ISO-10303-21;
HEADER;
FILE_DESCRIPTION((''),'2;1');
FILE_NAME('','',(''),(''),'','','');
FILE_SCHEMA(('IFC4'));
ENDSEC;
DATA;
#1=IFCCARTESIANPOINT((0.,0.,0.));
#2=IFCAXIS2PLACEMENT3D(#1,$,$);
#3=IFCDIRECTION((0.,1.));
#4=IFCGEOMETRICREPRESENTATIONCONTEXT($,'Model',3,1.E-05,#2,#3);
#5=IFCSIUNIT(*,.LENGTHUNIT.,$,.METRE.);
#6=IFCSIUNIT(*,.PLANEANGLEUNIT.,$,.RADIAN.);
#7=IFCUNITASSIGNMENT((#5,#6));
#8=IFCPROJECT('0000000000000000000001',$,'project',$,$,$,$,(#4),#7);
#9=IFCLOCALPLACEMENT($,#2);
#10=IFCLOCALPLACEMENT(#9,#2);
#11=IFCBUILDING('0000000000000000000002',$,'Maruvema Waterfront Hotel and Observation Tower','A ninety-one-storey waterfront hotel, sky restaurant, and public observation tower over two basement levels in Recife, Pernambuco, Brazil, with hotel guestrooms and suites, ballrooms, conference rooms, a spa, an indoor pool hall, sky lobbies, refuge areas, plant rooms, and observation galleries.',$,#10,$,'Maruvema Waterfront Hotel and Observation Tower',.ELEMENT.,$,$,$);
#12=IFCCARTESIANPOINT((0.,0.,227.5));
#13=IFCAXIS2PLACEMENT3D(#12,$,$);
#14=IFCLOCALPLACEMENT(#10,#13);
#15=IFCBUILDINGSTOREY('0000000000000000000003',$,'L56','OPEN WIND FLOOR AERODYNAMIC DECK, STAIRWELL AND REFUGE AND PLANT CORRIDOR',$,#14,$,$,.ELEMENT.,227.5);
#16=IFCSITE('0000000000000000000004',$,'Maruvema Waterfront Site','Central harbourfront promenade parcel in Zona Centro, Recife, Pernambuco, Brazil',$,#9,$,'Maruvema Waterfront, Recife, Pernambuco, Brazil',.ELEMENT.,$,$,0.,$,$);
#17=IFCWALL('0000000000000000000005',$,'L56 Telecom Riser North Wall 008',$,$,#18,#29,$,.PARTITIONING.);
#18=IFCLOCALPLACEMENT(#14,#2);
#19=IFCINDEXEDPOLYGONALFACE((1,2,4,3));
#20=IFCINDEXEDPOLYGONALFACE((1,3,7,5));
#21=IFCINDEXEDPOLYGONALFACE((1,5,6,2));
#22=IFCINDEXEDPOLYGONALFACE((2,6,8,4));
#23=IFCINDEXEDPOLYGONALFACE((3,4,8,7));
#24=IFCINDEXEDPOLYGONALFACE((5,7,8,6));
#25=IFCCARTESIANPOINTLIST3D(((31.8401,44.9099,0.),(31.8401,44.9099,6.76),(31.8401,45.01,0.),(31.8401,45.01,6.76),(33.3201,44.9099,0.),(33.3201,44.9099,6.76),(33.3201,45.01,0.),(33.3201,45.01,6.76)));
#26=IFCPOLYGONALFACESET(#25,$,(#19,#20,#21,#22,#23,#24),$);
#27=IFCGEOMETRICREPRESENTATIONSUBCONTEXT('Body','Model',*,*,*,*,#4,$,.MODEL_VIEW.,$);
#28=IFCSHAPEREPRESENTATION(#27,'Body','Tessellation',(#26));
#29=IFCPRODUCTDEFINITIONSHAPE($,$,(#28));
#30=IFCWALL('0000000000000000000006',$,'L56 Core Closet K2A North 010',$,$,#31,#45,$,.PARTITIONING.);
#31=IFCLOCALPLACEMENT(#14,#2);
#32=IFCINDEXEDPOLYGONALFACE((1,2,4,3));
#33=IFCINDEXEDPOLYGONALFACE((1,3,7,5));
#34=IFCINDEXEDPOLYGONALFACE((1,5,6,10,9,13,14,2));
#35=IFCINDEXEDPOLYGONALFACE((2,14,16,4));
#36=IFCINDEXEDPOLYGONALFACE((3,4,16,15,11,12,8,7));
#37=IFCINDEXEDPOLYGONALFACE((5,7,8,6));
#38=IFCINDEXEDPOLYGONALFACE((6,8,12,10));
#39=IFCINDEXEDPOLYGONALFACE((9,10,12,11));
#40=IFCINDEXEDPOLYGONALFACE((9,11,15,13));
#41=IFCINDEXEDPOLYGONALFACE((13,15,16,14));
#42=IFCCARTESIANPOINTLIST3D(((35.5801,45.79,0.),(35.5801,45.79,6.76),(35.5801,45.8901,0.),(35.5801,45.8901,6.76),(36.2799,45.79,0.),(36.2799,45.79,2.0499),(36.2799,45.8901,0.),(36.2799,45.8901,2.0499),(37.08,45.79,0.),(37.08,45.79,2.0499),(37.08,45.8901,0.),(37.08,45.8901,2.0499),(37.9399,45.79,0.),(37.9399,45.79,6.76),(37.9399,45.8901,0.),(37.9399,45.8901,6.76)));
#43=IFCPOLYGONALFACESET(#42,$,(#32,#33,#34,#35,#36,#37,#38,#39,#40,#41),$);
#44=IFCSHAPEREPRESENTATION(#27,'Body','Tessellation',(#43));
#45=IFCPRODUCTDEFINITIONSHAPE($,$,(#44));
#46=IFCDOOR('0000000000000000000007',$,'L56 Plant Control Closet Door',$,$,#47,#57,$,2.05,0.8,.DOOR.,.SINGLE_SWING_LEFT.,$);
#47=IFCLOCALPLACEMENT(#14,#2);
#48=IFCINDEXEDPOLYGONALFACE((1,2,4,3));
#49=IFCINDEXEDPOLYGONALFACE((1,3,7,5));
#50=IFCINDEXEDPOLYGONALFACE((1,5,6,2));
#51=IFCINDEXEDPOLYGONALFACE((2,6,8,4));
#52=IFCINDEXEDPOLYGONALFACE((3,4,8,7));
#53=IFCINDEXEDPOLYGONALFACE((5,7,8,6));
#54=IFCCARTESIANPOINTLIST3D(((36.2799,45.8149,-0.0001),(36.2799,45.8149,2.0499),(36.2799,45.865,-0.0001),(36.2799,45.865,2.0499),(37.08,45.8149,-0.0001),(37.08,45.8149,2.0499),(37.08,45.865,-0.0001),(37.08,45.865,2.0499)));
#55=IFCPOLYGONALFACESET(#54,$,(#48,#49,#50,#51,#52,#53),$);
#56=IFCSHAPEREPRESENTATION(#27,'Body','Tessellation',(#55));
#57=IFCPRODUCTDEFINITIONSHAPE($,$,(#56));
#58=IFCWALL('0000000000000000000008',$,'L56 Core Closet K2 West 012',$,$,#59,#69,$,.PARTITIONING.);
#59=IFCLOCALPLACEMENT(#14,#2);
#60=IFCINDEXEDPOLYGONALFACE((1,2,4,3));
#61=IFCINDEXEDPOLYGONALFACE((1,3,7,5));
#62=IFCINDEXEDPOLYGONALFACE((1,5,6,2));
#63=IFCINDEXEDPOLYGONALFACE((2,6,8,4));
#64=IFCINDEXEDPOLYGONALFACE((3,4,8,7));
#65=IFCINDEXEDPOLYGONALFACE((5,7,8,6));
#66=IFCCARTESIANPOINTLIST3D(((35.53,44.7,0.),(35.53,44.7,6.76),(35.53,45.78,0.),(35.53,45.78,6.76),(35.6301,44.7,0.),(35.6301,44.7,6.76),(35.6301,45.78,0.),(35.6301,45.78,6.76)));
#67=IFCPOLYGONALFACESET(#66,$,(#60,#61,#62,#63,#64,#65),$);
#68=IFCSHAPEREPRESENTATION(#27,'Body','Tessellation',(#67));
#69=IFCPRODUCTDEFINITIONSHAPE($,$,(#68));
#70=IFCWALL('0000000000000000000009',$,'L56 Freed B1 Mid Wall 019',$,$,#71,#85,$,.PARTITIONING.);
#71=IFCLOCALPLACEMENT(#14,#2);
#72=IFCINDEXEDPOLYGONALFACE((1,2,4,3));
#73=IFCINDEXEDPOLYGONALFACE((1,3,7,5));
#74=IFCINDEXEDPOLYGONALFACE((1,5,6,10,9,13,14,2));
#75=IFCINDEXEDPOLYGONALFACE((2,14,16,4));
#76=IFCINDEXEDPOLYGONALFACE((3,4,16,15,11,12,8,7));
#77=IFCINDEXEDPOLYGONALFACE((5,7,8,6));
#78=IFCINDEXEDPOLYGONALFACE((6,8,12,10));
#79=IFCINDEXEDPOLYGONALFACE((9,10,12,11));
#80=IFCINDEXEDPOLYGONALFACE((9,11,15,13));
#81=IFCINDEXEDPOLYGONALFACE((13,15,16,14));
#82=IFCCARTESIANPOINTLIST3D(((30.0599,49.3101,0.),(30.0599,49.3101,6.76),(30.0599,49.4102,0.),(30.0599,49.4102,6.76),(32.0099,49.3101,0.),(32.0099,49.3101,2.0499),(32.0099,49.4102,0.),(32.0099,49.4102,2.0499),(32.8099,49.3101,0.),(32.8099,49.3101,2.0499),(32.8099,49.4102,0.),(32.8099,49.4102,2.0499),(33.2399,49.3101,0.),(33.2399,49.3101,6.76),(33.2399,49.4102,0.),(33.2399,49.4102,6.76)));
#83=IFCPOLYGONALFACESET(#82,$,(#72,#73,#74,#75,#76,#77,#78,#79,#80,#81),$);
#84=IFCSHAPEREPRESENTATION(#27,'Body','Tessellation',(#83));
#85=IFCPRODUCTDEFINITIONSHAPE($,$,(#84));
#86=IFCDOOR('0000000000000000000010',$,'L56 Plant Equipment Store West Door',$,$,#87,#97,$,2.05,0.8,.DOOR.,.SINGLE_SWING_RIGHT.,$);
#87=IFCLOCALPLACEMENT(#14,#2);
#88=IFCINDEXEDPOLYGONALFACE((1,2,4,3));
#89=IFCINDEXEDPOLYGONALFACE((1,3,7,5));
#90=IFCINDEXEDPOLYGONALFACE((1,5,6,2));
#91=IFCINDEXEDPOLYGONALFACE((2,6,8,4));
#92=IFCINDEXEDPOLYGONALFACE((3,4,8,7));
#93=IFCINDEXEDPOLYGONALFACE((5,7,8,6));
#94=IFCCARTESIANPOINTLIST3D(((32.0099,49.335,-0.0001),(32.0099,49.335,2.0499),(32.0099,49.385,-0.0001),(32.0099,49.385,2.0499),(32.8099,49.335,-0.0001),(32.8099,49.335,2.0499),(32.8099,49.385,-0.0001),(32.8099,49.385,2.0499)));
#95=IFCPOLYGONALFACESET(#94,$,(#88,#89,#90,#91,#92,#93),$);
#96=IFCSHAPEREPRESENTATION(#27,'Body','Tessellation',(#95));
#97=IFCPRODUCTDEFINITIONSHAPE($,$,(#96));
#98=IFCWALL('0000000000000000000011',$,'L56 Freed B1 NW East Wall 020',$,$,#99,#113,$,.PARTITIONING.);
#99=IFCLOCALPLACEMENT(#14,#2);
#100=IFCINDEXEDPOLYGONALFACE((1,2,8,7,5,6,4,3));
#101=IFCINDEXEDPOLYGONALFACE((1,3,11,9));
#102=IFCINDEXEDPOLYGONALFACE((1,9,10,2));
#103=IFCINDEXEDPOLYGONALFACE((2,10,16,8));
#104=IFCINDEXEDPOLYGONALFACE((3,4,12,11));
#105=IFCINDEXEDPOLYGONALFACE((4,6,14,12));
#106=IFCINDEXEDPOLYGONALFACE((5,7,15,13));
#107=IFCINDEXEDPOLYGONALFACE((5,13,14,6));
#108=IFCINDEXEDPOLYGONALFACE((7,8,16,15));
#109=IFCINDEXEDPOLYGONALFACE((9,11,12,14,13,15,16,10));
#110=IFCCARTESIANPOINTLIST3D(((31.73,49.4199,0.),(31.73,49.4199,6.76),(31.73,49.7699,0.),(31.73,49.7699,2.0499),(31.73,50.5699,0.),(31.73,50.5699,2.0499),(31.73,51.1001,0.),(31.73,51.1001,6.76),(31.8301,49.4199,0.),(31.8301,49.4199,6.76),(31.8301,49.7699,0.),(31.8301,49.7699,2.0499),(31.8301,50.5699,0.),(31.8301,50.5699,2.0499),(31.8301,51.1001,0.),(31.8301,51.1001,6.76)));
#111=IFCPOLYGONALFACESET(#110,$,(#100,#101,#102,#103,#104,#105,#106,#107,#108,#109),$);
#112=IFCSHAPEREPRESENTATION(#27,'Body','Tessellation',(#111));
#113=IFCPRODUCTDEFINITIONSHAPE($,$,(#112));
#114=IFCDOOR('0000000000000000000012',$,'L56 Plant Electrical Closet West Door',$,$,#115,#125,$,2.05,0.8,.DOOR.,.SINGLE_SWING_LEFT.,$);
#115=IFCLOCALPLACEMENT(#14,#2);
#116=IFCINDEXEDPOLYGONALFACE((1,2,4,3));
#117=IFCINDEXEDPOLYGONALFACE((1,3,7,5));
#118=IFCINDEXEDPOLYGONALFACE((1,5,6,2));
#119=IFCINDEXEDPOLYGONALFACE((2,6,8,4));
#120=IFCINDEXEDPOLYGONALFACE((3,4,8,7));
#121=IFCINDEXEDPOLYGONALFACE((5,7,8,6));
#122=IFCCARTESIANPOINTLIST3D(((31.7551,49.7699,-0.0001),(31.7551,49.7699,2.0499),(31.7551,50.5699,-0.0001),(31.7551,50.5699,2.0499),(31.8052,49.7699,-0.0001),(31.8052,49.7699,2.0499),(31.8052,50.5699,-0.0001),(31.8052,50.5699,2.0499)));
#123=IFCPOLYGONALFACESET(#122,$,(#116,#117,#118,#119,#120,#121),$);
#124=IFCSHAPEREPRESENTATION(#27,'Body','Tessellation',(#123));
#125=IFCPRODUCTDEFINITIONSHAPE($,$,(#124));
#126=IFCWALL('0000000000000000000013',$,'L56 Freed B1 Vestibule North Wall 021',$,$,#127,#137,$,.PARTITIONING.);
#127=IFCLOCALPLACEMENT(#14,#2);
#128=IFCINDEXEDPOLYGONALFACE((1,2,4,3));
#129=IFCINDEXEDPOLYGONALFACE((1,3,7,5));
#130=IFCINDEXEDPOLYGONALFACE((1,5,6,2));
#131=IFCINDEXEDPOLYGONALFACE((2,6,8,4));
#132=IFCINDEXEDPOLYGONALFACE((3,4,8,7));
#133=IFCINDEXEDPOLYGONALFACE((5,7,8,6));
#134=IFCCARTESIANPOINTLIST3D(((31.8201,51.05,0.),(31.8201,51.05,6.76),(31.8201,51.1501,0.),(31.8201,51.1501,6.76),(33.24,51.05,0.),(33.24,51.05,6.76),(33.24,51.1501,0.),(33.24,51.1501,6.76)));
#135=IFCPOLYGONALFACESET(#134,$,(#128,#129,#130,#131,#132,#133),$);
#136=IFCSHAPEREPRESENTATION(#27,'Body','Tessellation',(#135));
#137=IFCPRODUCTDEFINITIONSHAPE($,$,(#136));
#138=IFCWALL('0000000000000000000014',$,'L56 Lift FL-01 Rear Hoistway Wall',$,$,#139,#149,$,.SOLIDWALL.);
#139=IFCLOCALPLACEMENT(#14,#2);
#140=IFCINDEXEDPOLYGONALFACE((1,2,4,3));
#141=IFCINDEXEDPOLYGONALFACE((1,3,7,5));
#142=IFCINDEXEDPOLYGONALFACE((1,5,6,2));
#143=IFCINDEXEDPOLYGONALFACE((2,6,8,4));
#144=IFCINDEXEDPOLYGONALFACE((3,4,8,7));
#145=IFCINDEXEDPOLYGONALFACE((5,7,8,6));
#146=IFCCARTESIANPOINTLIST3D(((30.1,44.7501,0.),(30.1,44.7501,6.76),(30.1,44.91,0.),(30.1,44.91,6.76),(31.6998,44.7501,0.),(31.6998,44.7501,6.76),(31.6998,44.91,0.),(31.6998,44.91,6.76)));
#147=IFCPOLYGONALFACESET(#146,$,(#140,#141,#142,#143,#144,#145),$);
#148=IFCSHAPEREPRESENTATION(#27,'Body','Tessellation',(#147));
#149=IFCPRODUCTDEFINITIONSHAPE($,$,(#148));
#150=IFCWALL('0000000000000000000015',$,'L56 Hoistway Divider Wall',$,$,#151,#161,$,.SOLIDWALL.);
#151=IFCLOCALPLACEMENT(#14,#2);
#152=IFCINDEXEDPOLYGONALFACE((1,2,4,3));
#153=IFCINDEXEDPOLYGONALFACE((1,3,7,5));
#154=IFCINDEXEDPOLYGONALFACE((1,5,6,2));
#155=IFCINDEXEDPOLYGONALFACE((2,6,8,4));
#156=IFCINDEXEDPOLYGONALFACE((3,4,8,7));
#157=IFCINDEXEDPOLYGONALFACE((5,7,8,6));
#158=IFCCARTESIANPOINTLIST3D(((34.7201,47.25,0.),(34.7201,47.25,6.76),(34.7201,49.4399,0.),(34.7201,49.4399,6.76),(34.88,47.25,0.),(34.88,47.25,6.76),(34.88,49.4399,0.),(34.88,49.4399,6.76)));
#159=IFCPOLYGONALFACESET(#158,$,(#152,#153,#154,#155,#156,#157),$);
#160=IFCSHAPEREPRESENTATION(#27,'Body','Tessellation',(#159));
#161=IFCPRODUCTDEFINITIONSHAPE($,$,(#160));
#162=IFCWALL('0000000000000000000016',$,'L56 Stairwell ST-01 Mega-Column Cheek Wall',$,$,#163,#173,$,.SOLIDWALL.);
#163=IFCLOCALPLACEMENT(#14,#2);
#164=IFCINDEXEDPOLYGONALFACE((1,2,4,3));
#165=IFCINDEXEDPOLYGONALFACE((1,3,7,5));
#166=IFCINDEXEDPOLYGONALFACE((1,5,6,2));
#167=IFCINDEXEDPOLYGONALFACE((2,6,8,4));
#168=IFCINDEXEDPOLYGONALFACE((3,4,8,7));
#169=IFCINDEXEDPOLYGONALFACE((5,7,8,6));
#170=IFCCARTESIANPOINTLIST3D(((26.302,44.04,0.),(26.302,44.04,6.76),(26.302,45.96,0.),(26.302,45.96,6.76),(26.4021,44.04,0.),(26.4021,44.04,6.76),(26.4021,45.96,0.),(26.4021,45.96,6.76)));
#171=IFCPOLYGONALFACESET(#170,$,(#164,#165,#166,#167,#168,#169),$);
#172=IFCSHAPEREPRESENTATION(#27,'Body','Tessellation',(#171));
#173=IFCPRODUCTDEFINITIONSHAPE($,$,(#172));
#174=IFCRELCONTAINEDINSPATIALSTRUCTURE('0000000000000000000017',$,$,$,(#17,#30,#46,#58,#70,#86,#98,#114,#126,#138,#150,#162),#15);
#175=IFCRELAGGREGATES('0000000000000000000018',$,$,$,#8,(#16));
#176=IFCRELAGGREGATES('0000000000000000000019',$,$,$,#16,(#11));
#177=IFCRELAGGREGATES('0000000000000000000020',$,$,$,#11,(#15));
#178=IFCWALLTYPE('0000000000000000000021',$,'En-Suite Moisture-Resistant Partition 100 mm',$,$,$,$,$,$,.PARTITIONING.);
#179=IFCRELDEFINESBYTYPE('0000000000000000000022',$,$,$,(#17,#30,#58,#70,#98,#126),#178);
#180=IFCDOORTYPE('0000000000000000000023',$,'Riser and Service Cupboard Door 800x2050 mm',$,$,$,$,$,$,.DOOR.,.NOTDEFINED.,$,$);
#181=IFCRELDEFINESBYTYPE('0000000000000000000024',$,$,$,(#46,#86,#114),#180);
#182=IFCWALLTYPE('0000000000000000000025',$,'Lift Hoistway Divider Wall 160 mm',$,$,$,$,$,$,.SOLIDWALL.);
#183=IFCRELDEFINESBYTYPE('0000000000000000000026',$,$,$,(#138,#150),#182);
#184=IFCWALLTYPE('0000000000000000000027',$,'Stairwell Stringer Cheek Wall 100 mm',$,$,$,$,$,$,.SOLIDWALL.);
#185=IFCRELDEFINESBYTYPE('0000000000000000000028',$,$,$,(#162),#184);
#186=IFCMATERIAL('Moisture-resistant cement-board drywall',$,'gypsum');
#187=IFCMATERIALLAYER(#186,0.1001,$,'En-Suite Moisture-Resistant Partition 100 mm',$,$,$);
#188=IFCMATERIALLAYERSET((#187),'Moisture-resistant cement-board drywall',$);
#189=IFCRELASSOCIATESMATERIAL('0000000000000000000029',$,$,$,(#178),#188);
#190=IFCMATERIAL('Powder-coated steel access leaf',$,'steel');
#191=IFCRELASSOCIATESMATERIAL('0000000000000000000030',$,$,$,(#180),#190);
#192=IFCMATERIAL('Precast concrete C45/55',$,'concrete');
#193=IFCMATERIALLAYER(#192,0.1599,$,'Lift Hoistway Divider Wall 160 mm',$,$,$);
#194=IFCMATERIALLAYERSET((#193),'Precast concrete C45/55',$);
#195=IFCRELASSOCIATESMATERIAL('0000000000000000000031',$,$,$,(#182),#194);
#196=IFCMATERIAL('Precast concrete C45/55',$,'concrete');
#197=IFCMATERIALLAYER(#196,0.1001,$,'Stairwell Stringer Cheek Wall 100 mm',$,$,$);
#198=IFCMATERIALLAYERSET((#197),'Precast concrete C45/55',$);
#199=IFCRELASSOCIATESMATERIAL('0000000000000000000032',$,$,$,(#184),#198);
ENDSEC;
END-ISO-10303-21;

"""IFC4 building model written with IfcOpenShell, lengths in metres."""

from ifc_helpers import new_model, si_unit, direction, frame, frame_2d, origin, place, context, subcontext, project, spatial, rectangle, extrude, material, layer, layer_set, type_object, element, fill, save


model = new_model("IFC4")

# Units and contexts
model_context = context("Model", 3, precision=1e-05, world=origin(), true_north=direction((0.0, 1.0)))
body_context = subcontext(model_context, "Body", "Model", "MODEL_VIEW")
ifc_project = project(units=[si_unit("LENGTHUNIT", "METRE"), si_unit("PLANEANGLEUNIT", "RADIAN")], contexts=[model_context])

# Site, building, storey
site_placement = place(None, origin())
site = spatial("IfcSite", under=ifc_project, at=site_placement, Name="Maruvema Waterfront Site", Description="Central harbourfront promenade parcel in Zona Centro, Recife, Pernambuco, Brazil", LongName="Maruvema Waterfront, Recife, Pernambuco, Brazil", CompositionType="ELEMENT", RefElevation=0.0)
building_placement = place(site_placement, origin())
building = spatial("IfcBuilding", under=site, at=building_placement, Name="Maruvema Waterfront Hotel and Observation Tower", Description="A ninety-one-storey waterfront hotel, sky restaurant, and public observation tower over two basement levels in Recife, Pernambuco, Brazil, with hotel guestrooms and suites, ballrooms, conference rooms, a spa, an indoor pool hall, sky lobbies, refuge areas, plant rooms, and observation galleries.", LongName="Maruvema Waterfront Hotel and Observation Tower", CompositionType="ELEMENT")
storey_placement = place(building_placement, frame((0.0, 0.0, 227.5)))
storey = spatial("IfcBuildingStorey", under=building, at=storey_placement, Name="L56", Description="OPEN WIND FLOOR AERODYNAMIC DECK, STAIRWELL AND REFUGE AND PLANT CORRIDOR", CompositionType="ELEMENT", Elevation=227.5)

# Wall
ifc_material_1 = material(Name="Moisture-resistant cement-board drywall", Category="gypsum")
ifc_layer_1 = layer(ifc_material_1, 0.1001, Name="En-Suite Moisture-Resistant Partition 100 mm")
ifc_layer_set_1 = layer_set([ifc_layer_1], Name="Moisture-resistant cement-board drywall")
wall_type_1 = type_object("IfcWallType", Name="En-Suite Moisture-Resistant Partition 100 mm", PredefinedType="PARTITIONING", material=ifc_layer_set_1)
wall_1_placement = place(storey_placement, frame((31.8401, 44.96, 0.0), z_axis=(0.0, 0.0, 1.0), x_axis=(1.0, 0.0, 0.0)))
element("IfcWall", 1, at=wall_1_placement, inside=storey, type_object=wall_type_1, Name="L56 Telecom Riser North Wall 008", PredefinedType="PARTITIONING", context=body_context, shape_type="SweptSolid", body=[
    extrude(rectangle(XDim=1.48, YDim=0.1001, at=frame_2d((0.74, 0.0))), origin(), (0.0, 0.0, 1.0), 6.76),
])

# Wall, opening, door
wall_2_placement = place(storey_placement, frame((35.5801, 45.8401, 0.0), z_axis=(0.0, 0.0, 1.0), x_axis=(1.0, 0.0, 0.0)))
wall_2 = element("IfcWall", 2, at=wall_2_placement, inside=storey, type_object=wall_type_1, Name="L56 Core Closet K2A North 010", PredefinedType="PARTITIONING", context=body_context, shape_type="SweptSolid", body=[
    extrude(rectangle(XDim=2.3599, YDim=0.1001, at=frame_2d((1.1799, 0.0))), origin(), (0.0, 0.0, 1.0), 6.76),
])
opening_1_placement = place(wall_2_placement, frame((0.7, 0.0, 0.0)))
opening_1 = element("IfcOpeningElement", 3, at=opening_1_placement, cuts=wall_2, PredefinedType="OPENING", context=body_context, shape_type="SweptSolid", body=[
    extrude(rectangle(XDim=0.8, YDim=2.05, at=frame_2d((0.3999, 1.0249))), frame((0.0, 0.0601, 0.0), z_axis=(0.0, -1.0, 0.0), x_axis=(1.0, 0.0, 0.0)), (0.0, 0.0, 1.0), 0.1201),
])
ifc_material_2 = material(Name="Powder-coated steel access leaf", Category="steel")
door_type_1 = type_object("IfcDoorType", Name="Riser and Service Cupboard Door 800x2050 mm", OperationType="NOTDEFINED", PredefinedType="DOOR", material=ifc_material_2)
door_1_placement = place(opening_1_placement, origin())
door_1 = element("IfcDoor", 4, at=door_1_placement, inside=storey, type_object=door_type_1, Name="L56 Plant Control Closet Door", OperationType="SINGLE_SWING_LEFT", OverallHeight=2.05, OverallWidth=0.8, PredefinedType="DOOR", context=body_context, shape_type="SweptSolid", body=[
    extrude(rectangle(XDim=0.8, YDim=2.05, at=frame_2d((0.3999, 1.0249))), frame((0.0, 0.0249, 0.0), z_axis=(0.0, -1.0, 0.0), x_axis=(1.0, 0.0, 0.0)), (0.0, 0.0, 1.0), 0.05),
])
fill(opening_1, door_1)

# Wall
wall_3_placement = place(storey_placement, frame((35.5801, 44.7, 0.0), z_axis=(0.0, 0.0, 1.0), x_axis=(0.0, 1.0, 0.0)))
element("IfcWall", 5, at=wall_3_placement, inside=storey, type_object=wall_type_1, Name="L56 Core Closet K2 West 012", PredefinedType="PARTITIONING", context=body_context, shape_type="SweptSolid", body=[
    extrude(rectangle(XDim=1.0801, YDim=0.1001, at=frame_2d((0.54, 0.0))), origin(), (0.0, 0.0, 1.0), 6.76),
])

# Walls, openings, doors
wall_4_placement = place(storey_placement, frame((30.0601, 49.3601, 0.0), z_axis=(0.0, 0.0, 1.0), x_axis=(1.0, 0.0, 0.0)))
wall_4 = element("IfcWall", 6, at=wall_4_placement, inside=storey, type_object=wall_type_1, Name="L56 Freed B1 Mid Wall 019", PredefinedType="PARTITIONING", context=body_context, shape_type="SweptSolid", body=[
    extrude(rectangle(XDim=3.1799, YDim=0.1001, at=frame_2d((1.5898, 0.0))), origin(), (0.0, 0.0, 1.0), 6.76),
])
opening_2_placement = place(wall_4_placement, frame((1.95, 0.0, 0.0)))
opening_2 = element("IfcOpeningElement", 7, at=opening_2_placement, cuts=wall_4, PredefinedType="OPENING", context=body_context, shape_type="SweptSolid", body=[
    extrude(rectangle(XDim=0.8, YDim=2.05, at=frame_2d((0.3999, 1.0249))), frame((0.0, 0.0601, 0.0), z_axis=(0.0, -1.0, 0.0), x_axis=(1.0, 0.0, 0.0)), (0.0, 0.0, 1.0), 0.1201),
])
door_2_placement = place(opening_2_placement, origin())
door_2 = element("IfcDoor", 8, at=door_2_placement, inside=storey, type_object=door_type_1, Name="L56 Plant Equipment Store West Door", OperationType="SINGLE_SWING_RIGHT", OverallHeight=2.05, OverallWidth=0.8, PredefinedType="DOOR", context=body_context, shape_type="SweptSolid", body=[
    extrude(rectangle(XDim=0.8, YDim=2.05, at=frame_2d((0.3999, 1.0249))), frame((0.0, 0.0249, 0.0), z_axis=(0.0, -1.0, 0.0), x_axis=(1.0, 0.0, 0.0)), (0.0, 0.0, 1.0), 0.05),
])
fill(opening_2, door_2)
wall_5_placement = place(storey_placement, frame((31.78, 49.4199, 0.0), z_axis=(0.0, 0.0, 1.0), x_axis=(0.0, 1.0, 0.0)))
wall_5 = element("IfcWall", 9, at=wall_5_placement, inside=storey, type_object=wall_type_1, Name="L56 Freed B1 NW East Wall 020", PredefinedType="PARTITIONING", context=body_context, shape_type="SweptSolid", body=[
    extrude(rectangle(XDim=1.6802, YDim=0.1001, at=frame_2d((0.8401, 0.0))), origin(), (0.0, 0.0, 1.0), 6.76),
])
opening_3_placement = place(wall_5_placement, frame((0.3501, 0.0, 0.0)))
opening_3 = element("IfcOpeningElement", 10, at=opening_3_placement, cuts=wall_5, PredefinedType="OPENING", context=body_context, shape_type="SweptSolid", body=[
    extrude(rectangle(XDim=0.8, YDim=2.05, at=frame_2d((0.3999, 1.0249))), frame((0.0, 0.0601, 0.0), z_axis=(0.0, -1.0, 0.0), x_axis=(1.0, 0.0, 0.0)), (0.0, 0.0, 1.0), 0.1201),
])
door_3_placement = place(opening_3_placement, origin())
door_3 = element("IfcDoor", 11, at=door_3_placement, inside=storey, type_object=door_type_1, Name="L56 Plant Electrical Closet West Door", OperationType="SINGLE_SWING_LEFT", OverallHeight=2.05, OverallWidth=0.8, PredefinedType="DOOR", context=body_context, shape_type="SweptSolid", body=[
    extrude(rectangle(XDim=0.8, YDim=2.05, at=frame_2d((0.3999, 1.0249))), frame((0.0, 0.0249, 0.0), z_axis=(0.0, -1.0, 0.0), x_axis=(1.0, 0.0, 0.0)), (0.0, 0.0, 1.0), 0.05),
])
fill(opening_3, door_3)

# Walls
wall_6_placement = place(storey_placement, frame((31.8201, 51.1001, 0.0), z_axis=(0.0, 0.0, 1.0), x_axis=(1.0, 0.0, 0.0)))
element("IfcWall", 12, at=wall_6_placement, inside=storey, type_object=wall_type_1, Name="L56 Freed B1 Vestibule North Wall 021", PredefinedType="PARTITIONING", context=body_context, shape_type="SweptSolid", body=[
    extrude(rectangle(XDim=1.4199, YDim=0.1001, at=frame_2d((0.71, 0.0))), origin(), (0.0, 0.0, 1.0), 6.76),
])
ifc_material_3 = material(Name="Precast concrete C45/55", Category="concrete")
ifc_layer_2 = layer(ifc_material_3, 0.1599, Name="Lift Hoistway Divider Wall 160 mm")
ifc_layer_set_2 = layer_set([ifc_layer_2], Name="Precast concrete C45/55")
wall_type_2 = type_object("IfcWallType", Name="Lift Hoistway Divider Wall 160 mm", PredefinedType="SOLIDWALL", material=ifc_layer_set_2)
wall_7_placement = place(storey_placement, frame((30.1001, 44.8301, 0.0), z_axis=(0.0, 0.0, 1.0), x_axis=(1.0, 0.0, 0.0)))
element("IfcWall", 13, at=wall_7_placement, inside=storey, type_object=wall_type_2, Name="L56 Lift FL-01 Rear Hoistway Wall", PredefinedType="SOLIDWALL", context=body_context, shape_type="SweptSolid", body=[
    extrude(rectangle(XDim=1.5999, YDim=0.1599, at=frame_2d((0.7998, 0.0))), origin(), (0.0, 0.0, 1.0), 6.76),
])
wall_8_placement = place(storey_placement, frame((34.8, 47.25, 0.0), z_axis=(0.0, 0.0, 1.0), x_axis=(0.0, 1.0, 0.0)))
element("IfcWall", 14, at=wall_8_placement, inside=storey, type_object=wall_type_2, Name="L56 Hoistway Divider Wall", PredefinedType="SOLIDWALL", context=body_context, shape_type="SweptSolid", body=[
    extrude(rectangle(XDim=2.1899, YDim=0.1599, at=frame_2d((1.095, 0.0))), origin(), (0.0, 0.0, 1.0), 6.76),
])
ifc_material_4 = material(Name="Precast concrete C45/55", Category="concrete")
ifc_layer_3 = layer(ifc_material_4, 0.1001, Name="Stairwell Stringer Cheek Wall 100 mm")
ifc_layer_set_3 = layer_set([ifc_layer_3], Name="Precast concrete C45/55")
wall_type_3 = type_object("IfcWallType", Name="Stairwell Stringer Cheek Wall 100 mm", PredefinedType="SOLIDWALL", material=ifc_layer_set_3)
wall_9_placement = place(storey_placement, frame((26.3521, 44.04, 0.0), z_axis=(0.0, 0.0, 1.0), x_axis=(0.0, 1.0, 0.0)))
element("IfcWall", 15, at=wall_9_placement, inside=storey, type_object=wall_type_3, Name="L56 Stairwell ST-01 Mega-Column Cheek Wall", PredefinedType="SOLIDWALL", context=body_context, shape_type="SweptSolid", body=[
    extrude(rectangle(XDim=1.9199, YDim=0.1001, at=frame_2d((0.96, 0.0))), origin(), (0.0, 0.0, 1.0), 6.76),
])

save(model, "model.ifc")
